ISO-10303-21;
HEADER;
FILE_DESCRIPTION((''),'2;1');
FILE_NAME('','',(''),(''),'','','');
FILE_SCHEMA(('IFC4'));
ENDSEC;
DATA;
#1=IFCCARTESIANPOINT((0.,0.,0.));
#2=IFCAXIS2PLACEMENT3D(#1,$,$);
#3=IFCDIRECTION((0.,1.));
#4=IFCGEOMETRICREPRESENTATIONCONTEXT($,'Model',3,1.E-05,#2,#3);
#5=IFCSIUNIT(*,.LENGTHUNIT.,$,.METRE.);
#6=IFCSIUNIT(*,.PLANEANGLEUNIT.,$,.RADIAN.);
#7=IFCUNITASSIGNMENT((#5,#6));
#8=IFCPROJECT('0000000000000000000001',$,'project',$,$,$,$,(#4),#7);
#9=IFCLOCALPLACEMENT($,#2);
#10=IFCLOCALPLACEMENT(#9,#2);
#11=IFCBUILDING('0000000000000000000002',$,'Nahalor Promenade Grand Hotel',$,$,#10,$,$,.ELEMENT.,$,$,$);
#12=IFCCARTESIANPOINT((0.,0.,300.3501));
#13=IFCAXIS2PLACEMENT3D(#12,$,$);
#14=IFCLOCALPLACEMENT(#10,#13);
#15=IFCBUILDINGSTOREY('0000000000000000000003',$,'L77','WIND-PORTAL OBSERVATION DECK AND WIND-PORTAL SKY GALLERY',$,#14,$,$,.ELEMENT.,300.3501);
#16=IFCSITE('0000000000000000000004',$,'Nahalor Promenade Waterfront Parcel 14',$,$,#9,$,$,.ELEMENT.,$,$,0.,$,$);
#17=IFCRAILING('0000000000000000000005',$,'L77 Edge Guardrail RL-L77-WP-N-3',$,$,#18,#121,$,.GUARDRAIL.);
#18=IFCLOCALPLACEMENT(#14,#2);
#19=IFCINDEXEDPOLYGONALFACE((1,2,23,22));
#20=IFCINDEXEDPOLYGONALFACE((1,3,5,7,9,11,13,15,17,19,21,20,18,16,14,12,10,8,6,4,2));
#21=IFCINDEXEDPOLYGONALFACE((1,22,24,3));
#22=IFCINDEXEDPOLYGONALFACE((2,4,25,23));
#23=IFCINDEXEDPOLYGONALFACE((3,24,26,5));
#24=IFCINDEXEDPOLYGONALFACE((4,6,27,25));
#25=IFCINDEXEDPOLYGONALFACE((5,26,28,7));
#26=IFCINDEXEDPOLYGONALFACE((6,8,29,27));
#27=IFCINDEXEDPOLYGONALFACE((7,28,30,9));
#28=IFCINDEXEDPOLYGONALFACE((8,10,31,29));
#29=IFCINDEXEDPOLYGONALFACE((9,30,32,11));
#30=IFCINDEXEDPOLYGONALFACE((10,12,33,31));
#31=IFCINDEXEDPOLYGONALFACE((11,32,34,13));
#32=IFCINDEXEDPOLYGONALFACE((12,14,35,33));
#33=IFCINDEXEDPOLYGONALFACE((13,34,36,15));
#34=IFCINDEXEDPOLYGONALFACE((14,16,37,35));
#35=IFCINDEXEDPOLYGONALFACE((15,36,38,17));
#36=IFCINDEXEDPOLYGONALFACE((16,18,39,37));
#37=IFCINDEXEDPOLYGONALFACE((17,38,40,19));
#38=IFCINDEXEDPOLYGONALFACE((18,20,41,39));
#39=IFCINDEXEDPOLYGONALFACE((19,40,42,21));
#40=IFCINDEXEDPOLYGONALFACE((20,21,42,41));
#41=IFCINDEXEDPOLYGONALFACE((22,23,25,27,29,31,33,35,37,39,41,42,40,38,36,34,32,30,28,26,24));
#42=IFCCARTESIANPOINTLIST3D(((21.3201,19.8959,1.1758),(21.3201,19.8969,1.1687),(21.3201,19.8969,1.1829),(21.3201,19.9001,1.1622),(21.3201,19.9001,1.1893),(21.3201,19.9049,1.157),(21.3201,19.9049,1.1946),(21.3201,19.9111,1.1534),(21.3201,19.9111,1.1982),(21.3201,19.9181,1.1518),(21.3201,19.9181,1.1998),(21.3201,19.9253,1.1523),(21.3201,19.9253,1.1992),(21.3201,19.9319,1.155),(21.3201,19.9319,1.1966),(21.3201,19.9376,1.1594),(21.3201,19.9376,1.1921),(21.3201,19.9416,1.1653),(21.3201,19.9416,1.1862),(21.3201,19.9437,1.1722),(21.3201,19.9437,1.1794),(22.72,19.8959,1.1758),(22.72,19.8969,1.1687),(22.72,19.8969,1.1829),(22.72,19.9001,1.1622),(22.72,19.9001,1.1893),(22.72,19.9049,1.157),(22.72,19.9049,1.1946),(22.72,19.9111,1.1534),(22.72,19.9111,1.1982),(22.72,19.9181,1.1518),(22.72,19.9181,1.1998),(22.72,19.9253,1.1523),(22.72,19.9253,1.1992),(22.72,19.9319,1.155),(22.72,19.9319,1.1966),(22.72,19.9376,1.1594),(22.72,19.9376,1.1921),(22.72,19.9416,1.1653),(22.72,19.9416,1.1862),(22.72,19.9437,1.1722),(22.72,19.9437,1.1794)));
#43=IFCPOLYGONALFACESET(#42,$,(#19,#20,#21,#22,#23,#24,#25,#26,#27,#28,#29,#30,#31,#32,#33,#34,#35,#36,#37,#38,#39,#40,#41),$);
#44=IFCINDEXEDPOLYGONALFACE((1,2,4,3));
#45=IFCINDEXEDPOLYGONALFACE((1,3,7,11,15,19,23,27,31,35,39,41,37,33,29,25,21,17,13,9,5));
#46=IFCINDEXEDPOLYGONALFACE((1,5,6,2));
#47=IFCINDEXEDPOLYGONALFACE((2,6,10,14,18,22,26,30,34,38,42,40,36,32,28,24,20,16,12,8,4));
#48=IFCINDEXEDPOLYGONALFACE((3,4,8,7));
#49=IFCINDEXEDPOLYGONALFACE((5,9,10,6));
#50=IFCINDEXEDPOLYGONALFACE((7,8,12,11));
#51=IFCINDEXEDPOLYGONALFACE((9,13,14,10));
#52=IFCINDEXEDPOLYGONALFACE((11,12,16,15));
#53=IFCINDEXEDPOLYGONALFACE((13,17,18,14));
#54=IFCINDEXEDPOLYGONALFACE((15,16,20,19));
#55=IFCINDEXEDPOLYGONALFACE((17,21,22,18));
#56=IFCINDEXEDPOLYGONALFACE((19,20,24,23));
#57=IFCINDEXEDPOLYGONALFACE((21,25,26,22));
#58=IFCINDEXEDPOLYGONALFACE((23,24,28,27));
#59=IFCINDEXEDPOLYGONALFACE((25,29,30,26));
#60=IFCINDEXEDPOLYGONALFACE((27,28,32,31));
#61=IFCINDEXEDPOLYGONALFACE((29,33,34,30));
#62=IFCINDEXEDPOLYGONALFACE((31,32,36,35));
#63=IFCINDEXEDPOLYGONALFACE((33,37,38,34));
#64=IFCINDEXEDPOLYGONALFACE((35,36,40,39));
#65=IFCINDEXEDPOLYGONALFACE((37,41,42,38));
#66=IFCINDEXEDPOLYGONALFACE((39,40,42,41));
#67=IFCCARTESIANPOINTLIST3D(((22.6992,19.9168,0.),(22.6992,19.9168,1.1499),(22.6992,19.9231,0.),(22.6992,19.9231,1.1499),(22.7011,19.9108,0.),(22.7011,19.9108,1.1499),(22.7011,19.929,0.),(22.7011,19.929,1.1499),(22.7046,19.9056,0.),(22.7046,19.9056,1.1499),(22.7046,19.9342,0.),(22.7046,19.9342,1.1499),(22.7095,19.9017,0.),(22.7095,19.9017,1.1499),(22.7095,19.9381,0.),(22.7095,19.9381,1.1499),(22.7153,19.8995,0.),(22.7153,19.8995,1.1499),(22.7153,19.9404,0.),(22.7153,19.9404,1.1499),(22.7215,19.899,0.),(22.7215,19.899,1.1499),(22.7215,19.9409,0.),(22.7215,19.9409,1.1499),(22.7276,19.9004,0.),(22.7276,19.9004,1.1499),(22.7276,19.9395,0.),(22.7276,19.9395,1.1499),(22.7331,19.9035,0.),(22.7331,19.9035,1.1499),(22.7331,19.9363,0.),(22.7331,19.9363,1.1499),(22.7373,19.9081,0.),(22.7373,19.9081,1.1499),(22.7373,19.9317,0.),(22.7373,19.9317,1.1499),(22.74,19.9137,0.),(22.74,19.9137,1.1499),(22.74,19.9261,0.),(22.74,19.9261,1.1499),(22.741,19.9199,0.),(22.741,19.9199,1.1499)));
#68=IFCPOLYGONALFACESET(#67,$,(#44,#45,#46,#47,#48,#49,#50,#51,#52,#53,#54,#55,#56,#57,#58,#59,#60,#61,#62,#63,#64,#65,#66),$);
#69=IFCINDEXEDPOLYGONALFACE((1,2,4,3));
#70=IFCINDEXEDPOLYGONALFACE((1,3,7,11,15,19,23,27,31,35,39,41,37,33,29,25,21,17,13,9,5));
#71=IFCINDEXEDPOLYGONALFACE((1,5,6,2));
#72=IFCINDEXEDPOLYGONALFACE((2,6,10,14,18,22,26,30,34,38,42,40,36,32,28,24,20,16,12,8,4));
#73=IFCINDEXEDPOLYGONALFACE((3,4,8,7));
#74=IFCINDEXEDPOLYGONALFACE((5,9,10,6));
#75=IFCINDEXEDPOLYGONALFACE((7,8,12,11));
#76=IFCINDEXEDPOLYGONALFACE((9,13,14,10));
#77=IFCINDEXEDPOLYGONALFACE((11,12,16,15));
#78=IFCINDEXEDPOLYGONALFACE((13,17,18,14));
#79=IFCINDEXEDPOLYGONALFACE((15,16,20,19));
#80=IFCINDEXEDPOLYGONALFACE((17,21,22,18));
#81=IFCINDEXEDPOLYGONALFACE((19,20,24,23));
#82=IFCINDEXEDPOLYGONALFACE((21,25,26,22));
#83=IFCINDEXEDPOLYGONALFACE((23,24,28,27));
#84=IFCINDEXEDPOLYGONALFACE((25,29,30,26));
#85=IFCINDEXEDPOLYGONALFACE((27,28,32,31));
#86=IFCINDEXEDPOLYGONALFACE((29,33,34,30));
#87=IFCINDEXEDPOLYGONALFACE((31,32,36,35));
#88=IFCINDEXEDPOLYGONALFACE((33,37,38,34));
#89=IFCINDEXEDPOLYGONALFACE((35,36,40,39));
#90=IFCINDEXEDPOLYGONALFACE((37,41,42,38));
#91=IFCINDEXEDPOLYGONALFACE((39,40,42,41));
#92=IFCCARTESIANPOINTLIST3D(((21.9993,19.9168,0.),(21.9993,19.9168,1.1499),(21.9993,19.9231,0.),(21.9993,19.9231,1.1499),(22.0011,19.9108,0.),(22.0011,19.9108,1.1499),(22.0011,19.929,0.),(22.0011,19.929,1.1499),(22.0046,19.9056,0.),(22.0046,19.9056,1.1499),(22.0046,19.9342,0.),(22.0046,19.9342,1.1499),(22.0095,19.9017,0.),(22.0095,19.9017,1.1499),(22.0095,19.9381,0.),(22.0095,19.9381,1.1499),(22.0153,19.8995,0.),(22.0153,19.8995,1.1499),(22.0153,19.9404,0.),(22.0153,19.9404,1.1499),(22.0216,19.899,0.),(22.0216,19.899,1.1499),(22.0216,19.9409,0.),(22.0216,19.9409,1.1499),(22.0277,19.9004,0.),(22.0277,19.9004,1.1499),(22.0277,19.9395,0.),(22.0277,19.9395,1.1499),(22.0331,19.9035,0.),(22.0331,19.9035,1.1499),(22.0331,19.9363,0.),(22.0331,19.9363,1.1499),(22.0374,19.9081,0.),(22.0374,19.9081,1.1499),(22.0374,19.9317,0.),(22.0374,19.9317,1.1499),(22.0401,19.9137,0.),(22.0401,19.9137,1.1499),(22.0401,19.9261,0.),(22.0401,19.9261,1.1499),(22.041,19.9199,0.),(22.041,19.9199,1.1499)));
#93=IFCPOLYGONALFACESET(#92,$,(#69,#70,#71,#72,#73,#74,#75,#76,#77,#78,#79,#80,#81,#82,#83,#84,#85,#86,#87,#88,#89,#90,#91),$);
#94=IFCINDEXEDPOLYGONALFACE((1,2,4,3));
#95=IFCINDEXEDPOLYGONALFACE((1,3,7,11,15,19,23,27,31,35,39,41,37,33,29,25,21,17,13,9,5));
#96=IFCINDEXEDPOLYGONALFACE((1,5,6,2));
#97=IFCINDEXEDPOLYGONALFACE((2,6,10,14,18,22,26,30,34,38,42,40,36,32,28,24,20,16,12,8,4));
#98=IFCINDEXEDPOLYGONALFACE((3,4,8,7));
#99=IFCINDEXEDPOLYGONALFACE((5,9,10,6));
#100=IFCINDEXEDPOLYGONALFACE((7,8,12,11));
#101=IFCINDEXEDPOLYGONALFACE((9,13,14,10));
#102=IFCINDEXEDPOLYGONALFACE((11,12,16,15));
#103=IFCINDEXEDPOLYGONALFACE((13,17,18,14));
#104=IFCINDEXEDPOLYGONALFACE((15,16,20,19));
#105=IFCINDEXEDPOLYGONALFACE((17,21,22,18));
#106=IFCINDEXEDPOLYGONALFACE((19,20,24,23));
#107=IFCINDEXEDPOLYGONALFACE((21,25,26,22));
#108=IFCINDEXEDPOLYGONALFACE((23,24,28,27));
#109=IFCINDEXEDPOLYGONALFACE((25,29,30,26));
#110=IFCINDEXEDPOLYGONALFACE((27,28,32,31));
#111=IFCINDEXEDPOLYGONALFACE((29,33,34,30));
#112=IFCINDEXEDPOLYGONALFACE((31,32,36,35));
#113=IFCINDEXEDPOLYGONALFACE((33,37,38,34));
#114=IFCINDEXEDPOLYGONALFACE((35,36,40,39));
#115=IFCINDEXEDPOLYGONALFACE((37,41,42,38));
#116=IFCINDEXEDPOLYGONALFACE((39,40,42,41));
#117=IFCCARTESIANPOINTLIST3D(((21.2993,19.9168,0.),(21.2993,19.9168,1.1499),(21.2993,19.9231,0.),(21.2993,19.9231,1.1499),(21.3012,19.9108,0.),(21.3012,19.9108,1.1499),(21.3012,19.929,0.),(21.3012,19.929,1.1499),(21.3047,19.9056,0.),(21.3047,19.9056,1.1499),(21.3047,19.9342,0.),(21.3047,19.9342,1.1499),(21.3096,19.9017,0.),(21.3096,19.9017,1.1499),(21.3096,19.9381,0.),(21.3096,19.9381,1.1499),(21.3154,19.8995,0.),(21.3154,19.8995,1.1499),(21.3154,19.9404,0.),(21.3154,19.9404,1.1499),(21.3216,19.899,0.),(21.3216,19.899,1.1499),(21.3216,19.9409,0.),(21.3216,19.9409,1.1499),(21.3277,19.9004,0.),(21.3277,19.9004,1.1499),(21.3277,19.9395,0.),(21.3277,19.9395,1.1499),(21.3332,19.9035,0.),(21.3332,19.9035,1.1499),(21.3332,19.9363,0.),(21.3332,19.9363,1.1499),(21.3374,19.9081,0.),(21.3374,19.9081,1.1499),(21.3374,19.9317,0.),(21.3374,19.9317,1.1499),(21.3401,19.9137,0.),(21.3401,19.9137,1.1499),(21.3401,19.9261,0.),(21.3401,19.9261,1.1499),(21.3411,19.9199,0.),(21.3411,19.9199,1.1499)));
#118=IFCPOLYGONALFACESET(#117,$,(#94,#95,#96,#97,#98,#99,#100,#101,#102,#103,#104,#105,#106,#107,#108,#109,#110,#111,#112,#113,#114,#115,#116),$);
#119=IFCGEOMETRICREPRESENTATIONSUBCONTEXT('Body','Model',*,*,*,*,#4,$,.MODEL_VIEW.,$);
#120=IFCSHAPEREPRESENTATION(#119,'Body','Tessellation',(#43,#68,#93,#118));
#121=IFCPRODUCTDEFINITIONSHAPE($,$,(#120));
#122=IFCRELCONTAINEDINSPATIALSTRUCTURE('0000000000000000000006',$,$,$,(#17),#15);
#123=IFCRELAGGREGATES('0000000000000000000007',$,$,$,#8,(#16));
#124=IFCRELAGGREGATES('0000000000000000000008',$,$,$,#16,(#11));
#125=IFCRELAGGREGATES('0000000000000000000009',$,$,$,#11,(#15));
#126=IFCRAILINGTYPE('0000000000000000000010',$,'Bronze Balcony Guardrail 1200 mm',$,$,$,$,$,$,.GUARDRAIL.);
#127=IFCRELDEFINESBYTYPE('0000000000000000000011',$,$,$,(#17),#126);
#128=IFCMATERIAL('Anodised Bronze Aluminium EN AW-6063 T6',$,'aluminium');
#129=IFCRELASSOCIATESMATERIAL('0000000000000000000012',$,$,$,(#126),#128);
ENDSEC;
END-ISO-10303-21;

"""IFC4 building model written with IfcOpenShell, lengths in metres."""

from ifc_helpers import new_model, si_unit, direction, frame, origin, origin_2d, place, context, subcontext, project, spatial, circle, extrude, material, type_object, element, save


model = new_model("IFC4")

# Units and contexts
model_context = context("Model", 3, precision=1e-05, world=origin(), true_north=direction((0.0, 1.0)))
body_context = subcontext(model_context, "Body", "Model", "MODEL_VIEW")
ifc_project = project(units=[si_unit("LENGTHUNIT", "METRE"), si_unit("PLANEANGLEUNIT", "RADIAN")], contexts=[model_context])

# Site, building, storey
site_placement = place(None, origin())
site = spatial("IfcSite", under=ifc_project, at=site_placement, Name="Nahalor Promenade Waterfront Parcel 14", CompositionType="ELEMENT", RefElevation=0.0)
building_placement = place(site_placement, origin())
building = spatial("IfcBuilding", under=site, at=building_placement, Name="Nahalor Promenade Grand Hotel", CompositionType="ELEMENT")
storey_placement = place(building_placement, frame((0.0, 0.0, 300.3501)))
storey = spatial("IfcBuildingStorey", under=building, at=storey_placement, Name="L77", Description="WIND-PORTAL OBSERVATION DECK AND WIND-PORTAL SKY GALLERY", CompositionType="ELEMENT", Elevation=300.3501)

# Railing
ifc_material_1 = material(Name="Anodised Bronze Aluminium EN AW-6063 T6", Category="aluminium")
railing_type = type_object("IfcRailingType", Name="Bronze Balcony Guardrail 1200 mm", PredefinedType="GUARDRAIL", material=ifc_material_1)
railing_1_placement = place(storey_placement, frame((22.72, 19.9199, 0.0)))
element("IfcRailing", 1, at=railing_1_placement, inside=storey, type_object=railing_type, Name="L77 Edge Guardrail RL-L77-WP-N-3", PredefinedType="GUARDRAIL", context=body_context, shape_type="SweptSolid", body=[
    extrude(circle(Radius=0.024, at=origin_2d()), frame((0.0, 0.0, 1.1758), z_axis=(-1.0, 0.0, 0.0), x_axis=(0.0, -1.0, 0.0)), (0.0, 0.0, 1.0), 1.3999),
    extrude(circle(Radius=0.021, at=origin_2d()), origin(), (0.0, 0.0, 1.0), 1.1499),
    extrude(circle(Radius=0.021, at=origin_2d()), frame((-0.7, 0.0, 0.0)), (0.0, 0.0, 1.0), 1.1499),
    extrude(circle(Radius=0.021, at=origin_2d()), frame((-1.3999, 0.0, 0.0)), (0.0, 0.0, 1.0), 1.1499),
])

save(model, "model.ifc")
